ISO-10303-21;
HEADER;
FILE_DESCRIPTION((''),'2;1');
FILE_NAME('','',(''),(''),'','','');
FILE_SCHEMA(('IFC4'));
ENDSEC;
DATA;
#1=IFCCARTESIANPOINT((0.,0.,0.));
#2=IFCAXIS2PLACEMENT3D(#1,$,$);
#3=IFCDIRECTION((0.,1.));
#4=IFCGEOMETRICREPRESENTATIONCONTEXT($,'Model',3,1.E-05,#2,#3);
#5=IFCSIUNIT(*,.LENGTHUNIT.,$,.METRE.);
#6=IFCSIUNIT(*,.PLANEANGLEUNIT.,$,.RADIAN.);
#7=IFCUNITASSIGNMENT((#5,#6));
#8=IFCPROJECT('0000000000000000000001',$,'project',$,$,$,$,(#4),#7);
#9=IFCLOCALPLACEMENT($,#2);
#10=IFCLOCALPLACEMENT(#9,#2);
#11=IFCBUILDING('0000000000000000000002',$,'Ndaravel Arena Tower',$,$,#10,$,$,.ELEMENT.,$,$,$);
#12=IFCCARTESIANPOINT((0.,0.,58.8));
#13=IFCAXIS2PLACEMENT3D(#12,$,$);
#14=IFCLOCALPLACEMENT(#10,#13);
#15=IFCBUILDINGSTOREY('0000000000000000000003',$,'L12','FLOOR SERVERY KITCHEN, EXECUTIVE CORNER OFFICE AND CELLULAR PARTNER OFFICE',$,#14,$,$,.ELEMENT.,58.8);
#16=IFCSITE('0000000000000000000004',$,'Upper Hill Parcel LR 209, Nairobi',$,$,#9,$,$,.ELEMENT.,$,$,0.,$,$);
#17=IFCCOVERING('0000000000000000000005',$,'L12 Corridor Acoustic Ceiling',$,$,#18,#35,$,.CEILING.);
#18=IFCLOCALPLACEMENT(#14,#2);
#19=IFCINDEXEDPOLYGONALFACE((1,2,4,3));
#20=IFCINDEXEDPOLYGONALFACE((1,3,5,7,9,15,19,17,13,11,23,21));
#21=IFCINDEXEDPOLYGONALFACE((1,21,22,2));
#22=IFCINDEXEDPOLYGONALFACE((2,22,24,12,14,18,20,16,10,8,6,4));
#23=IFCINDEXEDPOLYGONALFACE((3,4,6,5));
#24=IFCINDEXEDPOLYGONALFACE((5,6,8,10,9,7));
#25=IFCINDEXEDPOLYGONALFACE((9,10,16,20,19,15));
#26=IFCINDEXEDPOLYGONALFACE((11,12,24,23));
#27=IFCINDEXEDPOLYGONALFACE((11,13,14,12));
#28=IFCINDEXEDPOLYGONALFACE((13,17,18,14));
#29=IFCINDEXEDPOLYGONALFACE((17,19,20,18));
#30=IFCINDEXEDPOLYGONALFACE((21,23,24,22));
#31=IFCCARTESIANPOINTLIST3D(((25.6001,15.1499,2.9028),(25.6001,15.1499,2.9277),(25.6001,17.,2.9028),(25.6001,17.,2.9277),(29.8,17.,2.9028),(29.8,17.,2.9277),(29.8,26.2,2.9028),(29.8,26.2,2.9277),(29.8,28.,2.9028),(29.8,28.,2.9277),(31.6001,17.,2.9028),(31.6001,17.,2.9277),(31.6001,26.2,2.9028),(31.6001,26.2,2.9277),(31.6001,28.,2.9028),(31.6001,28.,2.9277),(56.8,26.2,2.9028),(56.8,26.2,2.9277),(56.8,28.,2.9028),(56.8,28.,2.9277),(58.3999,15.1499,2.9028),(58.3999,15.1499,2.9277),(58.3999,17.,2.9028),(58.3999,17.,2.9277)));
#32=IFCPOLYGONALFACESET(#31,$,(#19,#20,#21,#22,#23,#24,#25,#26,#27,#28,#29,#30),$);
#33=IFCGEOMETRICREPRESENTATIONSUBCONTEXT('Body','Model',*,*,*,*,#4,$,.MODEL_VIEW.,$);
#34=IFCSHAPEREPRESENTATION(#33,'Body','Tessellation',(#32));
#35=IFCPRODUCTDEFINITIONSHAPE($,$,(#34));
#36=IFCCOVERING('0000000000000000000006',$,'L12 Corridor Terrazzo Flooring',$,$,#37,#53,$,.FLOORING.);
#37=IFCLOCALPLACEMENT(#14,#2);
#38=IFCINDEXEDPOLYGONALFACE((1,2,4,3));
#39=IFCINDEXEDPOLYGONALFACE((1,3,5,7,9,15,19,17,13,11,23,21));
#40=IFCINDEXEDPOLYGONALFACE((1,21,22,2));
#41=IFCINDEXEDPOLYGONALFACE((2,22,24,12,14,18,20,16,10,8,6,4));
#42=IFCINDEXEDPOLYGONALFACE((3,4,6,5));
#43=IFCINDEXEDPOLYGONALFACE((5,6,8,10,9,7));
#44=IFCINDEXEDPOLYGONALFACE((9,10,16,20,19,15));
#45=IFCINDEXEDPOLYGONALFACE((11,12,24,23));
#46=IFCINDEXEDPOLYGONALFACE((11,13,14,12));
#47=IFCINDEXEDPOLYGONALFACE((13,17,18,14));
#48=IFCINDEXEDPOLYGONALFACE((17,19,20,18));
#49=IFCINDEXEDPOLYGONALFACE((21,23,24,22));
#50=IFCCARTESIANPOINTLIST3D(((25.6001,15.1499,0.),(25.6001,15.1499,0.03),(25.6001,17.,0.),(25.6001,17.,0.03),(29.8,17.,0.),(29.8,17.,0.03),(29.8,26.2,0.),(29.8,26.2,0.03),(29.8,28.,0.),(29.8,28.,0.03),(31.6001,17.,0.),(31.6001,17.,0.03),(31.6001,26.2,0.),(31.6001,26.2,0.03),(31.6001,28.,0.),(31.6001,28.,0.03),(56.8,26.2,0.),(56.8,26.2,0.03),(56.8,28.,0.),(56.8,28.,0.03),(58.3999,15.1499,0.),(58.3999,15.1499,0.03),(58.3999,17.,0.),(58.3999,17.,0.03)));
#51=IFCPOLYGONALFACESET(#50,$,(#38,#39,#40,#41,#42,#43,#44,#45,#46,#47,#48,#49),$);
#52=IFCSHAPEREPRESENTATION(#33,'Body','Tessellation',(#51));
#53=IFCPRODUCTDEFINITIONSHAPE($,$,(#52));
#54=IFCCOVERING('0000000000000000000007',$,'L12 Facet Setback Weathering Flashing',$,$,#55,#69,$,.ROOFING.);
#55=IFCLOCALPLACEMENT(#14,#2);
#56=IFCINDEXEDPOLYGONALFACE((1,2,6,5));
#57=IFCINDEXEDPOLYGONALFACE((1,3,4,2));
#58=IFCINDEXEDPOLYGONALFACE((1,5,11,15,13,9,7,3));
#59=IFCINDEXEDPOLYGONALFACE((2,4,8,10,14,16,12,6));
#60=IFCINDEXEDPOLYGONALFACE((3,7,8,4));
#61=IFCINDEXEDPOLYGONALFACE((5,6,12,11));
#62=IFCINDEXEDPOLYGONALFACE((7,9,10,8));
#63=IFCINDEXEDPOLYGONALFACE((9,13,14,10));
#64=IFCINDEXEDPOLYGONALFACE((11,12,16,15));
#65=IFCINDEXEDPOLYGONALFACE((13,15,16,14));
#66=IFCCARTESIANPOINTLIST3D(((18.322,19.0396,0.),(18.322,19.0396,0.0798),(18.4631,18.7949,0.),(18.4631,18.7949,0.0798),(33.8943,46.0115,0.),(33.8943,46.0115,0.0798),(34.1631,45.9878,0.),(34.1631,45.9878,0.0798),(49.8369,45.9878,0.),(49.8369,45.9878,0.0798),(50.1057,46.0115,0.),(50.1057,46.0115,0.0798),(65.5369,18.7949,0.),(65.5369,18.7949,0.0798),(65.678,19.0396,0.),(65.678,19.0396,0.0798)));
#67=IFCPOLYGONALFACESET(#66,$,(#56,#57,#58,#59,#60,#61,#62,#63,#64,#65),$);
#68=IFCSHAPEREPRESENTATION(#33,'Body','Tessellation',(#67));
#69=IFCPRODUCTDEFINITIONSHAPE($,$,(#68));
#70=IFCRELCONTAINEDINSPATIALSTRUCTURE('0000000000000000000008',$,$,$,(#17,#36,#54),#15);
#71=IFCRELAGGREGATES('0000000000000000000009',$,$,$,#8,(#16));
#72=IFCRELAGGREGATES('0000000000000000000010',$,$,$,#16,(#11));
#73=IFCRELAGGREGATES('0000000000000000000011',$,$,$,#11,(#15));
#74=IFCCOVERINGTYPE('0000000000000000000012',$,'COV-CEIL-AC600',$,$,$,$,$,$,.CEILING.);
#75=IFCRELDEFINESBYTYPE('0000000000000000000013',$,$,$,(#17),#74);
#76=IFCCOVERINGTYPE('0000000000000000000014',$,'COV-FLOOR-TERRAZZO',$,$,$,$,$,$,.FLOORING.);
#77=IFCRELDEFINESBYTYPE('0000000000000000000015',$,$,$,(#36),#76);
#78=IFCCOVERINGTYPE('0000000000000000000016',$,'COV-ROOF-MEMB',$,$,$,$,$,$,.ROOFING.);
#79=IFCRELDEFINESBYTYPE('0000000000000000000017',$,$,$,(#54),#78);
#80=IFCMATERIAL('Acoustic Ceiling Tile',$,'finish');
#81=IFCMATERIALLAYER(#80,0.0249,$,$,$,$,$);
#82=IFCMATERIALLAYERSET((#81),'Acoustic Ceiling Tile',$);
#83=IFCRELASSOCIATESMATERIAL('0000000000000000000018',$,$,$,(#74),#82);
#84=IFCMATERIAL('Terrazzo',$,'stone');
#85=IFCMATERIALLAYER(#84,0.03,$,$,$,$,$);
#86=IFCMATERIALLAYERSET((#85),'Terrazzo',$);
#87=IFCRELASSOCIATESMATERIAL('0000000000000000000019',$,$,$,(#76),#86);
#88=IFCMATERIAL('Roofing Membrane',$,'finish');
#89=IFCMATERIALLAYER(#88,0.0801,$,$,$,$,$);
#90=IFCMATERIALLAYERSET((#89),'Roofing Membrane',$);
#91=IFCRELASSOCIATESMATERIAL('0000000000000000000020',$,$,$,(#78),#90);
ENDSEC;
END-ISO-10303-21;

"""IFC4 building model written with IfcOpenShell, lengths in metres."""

from ifc_helpers import new_model, si_unit, direction, frame, origin, place, context, subcontext, project, spatial, polyline, outline, extrude, material, layer, layer_set, type_object, element, save


model = new_model("IFC4")

# Units and contexts
model_context = context("Model", 3, precision=1e-05, world=origin(), true_north=direction((0.0, 1.0)))
body_context = subcontext(model_context, "Body", "Model", "MODEL_VIEW")
ifc_project = project(units=[si_unit("LENGTHUNIT", "METRE"), si_unit("PLANEANGLEUNIT", "RADIAN")], contexts=[model_context])

# Site, building, storey
site_placement = place(None, origin())
site = spatial("IfcSite", under=ifc_project, at=site_placement, Name="Upper Hill Parcel LR 209, Nairobi", CompositionType="ELEMENT", RefElevation=0.0)
building_placement = place(site_placement, origin())
building = spatial("IfcBuilding", under=site, at=building_placement, Name="Ndaravel Arena Tower", CompositionType="ELEMENT")
storey_placement = place(building_placement, frame((0.0, 0.0, 58.8)))
storey = spatial("IfcBuildingStorey", under=building, at=storey_placement, Name="L12", Description="FLOOR SERVERY KITCHEN, EXECUTIVE CORNER OFFICE AND CELLULAR PARTNER OFFICE", CompositionType="ELEMENT", Elevation=58.8)

# Coverings
ifc_material_1 = material(Name="Acoustic Ceiling Tile", Category="finish")
ifc_layer_1 = layer(ifc_material_1, 0.0249)
ifc_layer_set_1 = layer_set([ifc_layer_1], Name="Acoustic Ceiling Tile")
covering_type_1 = type_object("IfcCoveringType", Name="COV-CEIL-AC600", PredefinedType="CEILING", material=ifc_layer_set_1)
covering_1_placement = place(storey_placement, frame((0.0, 0.0, 2.9028)))
element("IfcCovering", 1, at=covering_1_placement, inside=storey, type_object=covering_type_1, Name="L12 Corridor Acoustic Ceiling", PredefinedType="CEILING", context=body_context, shape_type="SweptSolid", body=[
    extrude(outline(polyline([(58.3999, 17.0), (31.6001, 17.0), (31.6001, 26.2), (56.8, 26.2), (56.8, 28.0), (31.6001, 28.0), (29.8, 28.0), (29.8, 26.2), (29.8, 17.0), (25.6001, 17.0), (25.6001, 15.1499), (58.3999, 15.1499), (58.3999, 17.0)])), origin(), (0.0, 0.0, 1.0), 0.0249),
])
ifc_material_2 = material(Name="Terrazzo", Category="stone")
ifc_layer_2 = layer(ifc_material_2, 0.03)
ifc_layer_set_2 = layer_set([ifc_layer_2], Name="Terrazzo")
covering_type_2 = type_object("IfcCoveringType", Name="COV-FLOOR-TERRAZZO", PredefinedType="FLOORING", material=ifc_layer_set_2)
covering_2_placement = place(storey_placement, origin())
element("IfcCovering", 2, at=covering_2_placement, inside=storey, type_object=covering_type_2, Name="L12 Corridor Terrazzo Flooring", PredefinedType="FLOORING", context=body_context, shape_type="SweptSolid", body=[
    extrude(outline(polyline([(58.3999, 17.0), (31.6001, 17.0), (31.6001, 26.2), (56.8, 26.2), (56.8, 28.0), (31.6001, 28.0), (29.8, 28.0), (29.8, 26.2), (29.8, 17.0), (25.6001, 17.0), (25.6001, 15.1499), (58.3999, 15.1499), (58.3999, 17.0)])), origin(), (0.0, 0.0, 1.0), 0.03),
])
ifc_material_3 = material(Name="Roofing Membrane", Category="finish")
ifc_layer_3 = layer(ifc_material_3, 0.0801)
ifc_layer_set_3 = layer_set([ifc_layer_3], Name="Roofing Membrane")
covering_type_3 = type_object("IfcCoveringType", Name="COV-ROOF-MEMB", PredefinedType="ROOFING", material=ifc_layer_set_3)
covering_3_placement = place(storey_placement, origin())
element("IfcCovering", 3, at=covering_3_placement, inside=storey, type_object=covering_type_3, Name="L12 Facet Setback Weathering Flashing", PredefinedType="ROOFING", context=body_context, shape_type="SweptSolid", body=[
    extrude(outline(polyline([(18.322, 19.0396), (33.8943, 46.0115), (50.1057, 46.0115), (65.678, 19.0396), (65.5369, 18.7949), (49.8369, 45.9878), (34.1631, 45.9878), (18.4631, 18.7949), (18.322, 19.0396)])), origin(), (0.0, 0.0, 1.0), 0.0798),
])

save(model, "model.ifc")
